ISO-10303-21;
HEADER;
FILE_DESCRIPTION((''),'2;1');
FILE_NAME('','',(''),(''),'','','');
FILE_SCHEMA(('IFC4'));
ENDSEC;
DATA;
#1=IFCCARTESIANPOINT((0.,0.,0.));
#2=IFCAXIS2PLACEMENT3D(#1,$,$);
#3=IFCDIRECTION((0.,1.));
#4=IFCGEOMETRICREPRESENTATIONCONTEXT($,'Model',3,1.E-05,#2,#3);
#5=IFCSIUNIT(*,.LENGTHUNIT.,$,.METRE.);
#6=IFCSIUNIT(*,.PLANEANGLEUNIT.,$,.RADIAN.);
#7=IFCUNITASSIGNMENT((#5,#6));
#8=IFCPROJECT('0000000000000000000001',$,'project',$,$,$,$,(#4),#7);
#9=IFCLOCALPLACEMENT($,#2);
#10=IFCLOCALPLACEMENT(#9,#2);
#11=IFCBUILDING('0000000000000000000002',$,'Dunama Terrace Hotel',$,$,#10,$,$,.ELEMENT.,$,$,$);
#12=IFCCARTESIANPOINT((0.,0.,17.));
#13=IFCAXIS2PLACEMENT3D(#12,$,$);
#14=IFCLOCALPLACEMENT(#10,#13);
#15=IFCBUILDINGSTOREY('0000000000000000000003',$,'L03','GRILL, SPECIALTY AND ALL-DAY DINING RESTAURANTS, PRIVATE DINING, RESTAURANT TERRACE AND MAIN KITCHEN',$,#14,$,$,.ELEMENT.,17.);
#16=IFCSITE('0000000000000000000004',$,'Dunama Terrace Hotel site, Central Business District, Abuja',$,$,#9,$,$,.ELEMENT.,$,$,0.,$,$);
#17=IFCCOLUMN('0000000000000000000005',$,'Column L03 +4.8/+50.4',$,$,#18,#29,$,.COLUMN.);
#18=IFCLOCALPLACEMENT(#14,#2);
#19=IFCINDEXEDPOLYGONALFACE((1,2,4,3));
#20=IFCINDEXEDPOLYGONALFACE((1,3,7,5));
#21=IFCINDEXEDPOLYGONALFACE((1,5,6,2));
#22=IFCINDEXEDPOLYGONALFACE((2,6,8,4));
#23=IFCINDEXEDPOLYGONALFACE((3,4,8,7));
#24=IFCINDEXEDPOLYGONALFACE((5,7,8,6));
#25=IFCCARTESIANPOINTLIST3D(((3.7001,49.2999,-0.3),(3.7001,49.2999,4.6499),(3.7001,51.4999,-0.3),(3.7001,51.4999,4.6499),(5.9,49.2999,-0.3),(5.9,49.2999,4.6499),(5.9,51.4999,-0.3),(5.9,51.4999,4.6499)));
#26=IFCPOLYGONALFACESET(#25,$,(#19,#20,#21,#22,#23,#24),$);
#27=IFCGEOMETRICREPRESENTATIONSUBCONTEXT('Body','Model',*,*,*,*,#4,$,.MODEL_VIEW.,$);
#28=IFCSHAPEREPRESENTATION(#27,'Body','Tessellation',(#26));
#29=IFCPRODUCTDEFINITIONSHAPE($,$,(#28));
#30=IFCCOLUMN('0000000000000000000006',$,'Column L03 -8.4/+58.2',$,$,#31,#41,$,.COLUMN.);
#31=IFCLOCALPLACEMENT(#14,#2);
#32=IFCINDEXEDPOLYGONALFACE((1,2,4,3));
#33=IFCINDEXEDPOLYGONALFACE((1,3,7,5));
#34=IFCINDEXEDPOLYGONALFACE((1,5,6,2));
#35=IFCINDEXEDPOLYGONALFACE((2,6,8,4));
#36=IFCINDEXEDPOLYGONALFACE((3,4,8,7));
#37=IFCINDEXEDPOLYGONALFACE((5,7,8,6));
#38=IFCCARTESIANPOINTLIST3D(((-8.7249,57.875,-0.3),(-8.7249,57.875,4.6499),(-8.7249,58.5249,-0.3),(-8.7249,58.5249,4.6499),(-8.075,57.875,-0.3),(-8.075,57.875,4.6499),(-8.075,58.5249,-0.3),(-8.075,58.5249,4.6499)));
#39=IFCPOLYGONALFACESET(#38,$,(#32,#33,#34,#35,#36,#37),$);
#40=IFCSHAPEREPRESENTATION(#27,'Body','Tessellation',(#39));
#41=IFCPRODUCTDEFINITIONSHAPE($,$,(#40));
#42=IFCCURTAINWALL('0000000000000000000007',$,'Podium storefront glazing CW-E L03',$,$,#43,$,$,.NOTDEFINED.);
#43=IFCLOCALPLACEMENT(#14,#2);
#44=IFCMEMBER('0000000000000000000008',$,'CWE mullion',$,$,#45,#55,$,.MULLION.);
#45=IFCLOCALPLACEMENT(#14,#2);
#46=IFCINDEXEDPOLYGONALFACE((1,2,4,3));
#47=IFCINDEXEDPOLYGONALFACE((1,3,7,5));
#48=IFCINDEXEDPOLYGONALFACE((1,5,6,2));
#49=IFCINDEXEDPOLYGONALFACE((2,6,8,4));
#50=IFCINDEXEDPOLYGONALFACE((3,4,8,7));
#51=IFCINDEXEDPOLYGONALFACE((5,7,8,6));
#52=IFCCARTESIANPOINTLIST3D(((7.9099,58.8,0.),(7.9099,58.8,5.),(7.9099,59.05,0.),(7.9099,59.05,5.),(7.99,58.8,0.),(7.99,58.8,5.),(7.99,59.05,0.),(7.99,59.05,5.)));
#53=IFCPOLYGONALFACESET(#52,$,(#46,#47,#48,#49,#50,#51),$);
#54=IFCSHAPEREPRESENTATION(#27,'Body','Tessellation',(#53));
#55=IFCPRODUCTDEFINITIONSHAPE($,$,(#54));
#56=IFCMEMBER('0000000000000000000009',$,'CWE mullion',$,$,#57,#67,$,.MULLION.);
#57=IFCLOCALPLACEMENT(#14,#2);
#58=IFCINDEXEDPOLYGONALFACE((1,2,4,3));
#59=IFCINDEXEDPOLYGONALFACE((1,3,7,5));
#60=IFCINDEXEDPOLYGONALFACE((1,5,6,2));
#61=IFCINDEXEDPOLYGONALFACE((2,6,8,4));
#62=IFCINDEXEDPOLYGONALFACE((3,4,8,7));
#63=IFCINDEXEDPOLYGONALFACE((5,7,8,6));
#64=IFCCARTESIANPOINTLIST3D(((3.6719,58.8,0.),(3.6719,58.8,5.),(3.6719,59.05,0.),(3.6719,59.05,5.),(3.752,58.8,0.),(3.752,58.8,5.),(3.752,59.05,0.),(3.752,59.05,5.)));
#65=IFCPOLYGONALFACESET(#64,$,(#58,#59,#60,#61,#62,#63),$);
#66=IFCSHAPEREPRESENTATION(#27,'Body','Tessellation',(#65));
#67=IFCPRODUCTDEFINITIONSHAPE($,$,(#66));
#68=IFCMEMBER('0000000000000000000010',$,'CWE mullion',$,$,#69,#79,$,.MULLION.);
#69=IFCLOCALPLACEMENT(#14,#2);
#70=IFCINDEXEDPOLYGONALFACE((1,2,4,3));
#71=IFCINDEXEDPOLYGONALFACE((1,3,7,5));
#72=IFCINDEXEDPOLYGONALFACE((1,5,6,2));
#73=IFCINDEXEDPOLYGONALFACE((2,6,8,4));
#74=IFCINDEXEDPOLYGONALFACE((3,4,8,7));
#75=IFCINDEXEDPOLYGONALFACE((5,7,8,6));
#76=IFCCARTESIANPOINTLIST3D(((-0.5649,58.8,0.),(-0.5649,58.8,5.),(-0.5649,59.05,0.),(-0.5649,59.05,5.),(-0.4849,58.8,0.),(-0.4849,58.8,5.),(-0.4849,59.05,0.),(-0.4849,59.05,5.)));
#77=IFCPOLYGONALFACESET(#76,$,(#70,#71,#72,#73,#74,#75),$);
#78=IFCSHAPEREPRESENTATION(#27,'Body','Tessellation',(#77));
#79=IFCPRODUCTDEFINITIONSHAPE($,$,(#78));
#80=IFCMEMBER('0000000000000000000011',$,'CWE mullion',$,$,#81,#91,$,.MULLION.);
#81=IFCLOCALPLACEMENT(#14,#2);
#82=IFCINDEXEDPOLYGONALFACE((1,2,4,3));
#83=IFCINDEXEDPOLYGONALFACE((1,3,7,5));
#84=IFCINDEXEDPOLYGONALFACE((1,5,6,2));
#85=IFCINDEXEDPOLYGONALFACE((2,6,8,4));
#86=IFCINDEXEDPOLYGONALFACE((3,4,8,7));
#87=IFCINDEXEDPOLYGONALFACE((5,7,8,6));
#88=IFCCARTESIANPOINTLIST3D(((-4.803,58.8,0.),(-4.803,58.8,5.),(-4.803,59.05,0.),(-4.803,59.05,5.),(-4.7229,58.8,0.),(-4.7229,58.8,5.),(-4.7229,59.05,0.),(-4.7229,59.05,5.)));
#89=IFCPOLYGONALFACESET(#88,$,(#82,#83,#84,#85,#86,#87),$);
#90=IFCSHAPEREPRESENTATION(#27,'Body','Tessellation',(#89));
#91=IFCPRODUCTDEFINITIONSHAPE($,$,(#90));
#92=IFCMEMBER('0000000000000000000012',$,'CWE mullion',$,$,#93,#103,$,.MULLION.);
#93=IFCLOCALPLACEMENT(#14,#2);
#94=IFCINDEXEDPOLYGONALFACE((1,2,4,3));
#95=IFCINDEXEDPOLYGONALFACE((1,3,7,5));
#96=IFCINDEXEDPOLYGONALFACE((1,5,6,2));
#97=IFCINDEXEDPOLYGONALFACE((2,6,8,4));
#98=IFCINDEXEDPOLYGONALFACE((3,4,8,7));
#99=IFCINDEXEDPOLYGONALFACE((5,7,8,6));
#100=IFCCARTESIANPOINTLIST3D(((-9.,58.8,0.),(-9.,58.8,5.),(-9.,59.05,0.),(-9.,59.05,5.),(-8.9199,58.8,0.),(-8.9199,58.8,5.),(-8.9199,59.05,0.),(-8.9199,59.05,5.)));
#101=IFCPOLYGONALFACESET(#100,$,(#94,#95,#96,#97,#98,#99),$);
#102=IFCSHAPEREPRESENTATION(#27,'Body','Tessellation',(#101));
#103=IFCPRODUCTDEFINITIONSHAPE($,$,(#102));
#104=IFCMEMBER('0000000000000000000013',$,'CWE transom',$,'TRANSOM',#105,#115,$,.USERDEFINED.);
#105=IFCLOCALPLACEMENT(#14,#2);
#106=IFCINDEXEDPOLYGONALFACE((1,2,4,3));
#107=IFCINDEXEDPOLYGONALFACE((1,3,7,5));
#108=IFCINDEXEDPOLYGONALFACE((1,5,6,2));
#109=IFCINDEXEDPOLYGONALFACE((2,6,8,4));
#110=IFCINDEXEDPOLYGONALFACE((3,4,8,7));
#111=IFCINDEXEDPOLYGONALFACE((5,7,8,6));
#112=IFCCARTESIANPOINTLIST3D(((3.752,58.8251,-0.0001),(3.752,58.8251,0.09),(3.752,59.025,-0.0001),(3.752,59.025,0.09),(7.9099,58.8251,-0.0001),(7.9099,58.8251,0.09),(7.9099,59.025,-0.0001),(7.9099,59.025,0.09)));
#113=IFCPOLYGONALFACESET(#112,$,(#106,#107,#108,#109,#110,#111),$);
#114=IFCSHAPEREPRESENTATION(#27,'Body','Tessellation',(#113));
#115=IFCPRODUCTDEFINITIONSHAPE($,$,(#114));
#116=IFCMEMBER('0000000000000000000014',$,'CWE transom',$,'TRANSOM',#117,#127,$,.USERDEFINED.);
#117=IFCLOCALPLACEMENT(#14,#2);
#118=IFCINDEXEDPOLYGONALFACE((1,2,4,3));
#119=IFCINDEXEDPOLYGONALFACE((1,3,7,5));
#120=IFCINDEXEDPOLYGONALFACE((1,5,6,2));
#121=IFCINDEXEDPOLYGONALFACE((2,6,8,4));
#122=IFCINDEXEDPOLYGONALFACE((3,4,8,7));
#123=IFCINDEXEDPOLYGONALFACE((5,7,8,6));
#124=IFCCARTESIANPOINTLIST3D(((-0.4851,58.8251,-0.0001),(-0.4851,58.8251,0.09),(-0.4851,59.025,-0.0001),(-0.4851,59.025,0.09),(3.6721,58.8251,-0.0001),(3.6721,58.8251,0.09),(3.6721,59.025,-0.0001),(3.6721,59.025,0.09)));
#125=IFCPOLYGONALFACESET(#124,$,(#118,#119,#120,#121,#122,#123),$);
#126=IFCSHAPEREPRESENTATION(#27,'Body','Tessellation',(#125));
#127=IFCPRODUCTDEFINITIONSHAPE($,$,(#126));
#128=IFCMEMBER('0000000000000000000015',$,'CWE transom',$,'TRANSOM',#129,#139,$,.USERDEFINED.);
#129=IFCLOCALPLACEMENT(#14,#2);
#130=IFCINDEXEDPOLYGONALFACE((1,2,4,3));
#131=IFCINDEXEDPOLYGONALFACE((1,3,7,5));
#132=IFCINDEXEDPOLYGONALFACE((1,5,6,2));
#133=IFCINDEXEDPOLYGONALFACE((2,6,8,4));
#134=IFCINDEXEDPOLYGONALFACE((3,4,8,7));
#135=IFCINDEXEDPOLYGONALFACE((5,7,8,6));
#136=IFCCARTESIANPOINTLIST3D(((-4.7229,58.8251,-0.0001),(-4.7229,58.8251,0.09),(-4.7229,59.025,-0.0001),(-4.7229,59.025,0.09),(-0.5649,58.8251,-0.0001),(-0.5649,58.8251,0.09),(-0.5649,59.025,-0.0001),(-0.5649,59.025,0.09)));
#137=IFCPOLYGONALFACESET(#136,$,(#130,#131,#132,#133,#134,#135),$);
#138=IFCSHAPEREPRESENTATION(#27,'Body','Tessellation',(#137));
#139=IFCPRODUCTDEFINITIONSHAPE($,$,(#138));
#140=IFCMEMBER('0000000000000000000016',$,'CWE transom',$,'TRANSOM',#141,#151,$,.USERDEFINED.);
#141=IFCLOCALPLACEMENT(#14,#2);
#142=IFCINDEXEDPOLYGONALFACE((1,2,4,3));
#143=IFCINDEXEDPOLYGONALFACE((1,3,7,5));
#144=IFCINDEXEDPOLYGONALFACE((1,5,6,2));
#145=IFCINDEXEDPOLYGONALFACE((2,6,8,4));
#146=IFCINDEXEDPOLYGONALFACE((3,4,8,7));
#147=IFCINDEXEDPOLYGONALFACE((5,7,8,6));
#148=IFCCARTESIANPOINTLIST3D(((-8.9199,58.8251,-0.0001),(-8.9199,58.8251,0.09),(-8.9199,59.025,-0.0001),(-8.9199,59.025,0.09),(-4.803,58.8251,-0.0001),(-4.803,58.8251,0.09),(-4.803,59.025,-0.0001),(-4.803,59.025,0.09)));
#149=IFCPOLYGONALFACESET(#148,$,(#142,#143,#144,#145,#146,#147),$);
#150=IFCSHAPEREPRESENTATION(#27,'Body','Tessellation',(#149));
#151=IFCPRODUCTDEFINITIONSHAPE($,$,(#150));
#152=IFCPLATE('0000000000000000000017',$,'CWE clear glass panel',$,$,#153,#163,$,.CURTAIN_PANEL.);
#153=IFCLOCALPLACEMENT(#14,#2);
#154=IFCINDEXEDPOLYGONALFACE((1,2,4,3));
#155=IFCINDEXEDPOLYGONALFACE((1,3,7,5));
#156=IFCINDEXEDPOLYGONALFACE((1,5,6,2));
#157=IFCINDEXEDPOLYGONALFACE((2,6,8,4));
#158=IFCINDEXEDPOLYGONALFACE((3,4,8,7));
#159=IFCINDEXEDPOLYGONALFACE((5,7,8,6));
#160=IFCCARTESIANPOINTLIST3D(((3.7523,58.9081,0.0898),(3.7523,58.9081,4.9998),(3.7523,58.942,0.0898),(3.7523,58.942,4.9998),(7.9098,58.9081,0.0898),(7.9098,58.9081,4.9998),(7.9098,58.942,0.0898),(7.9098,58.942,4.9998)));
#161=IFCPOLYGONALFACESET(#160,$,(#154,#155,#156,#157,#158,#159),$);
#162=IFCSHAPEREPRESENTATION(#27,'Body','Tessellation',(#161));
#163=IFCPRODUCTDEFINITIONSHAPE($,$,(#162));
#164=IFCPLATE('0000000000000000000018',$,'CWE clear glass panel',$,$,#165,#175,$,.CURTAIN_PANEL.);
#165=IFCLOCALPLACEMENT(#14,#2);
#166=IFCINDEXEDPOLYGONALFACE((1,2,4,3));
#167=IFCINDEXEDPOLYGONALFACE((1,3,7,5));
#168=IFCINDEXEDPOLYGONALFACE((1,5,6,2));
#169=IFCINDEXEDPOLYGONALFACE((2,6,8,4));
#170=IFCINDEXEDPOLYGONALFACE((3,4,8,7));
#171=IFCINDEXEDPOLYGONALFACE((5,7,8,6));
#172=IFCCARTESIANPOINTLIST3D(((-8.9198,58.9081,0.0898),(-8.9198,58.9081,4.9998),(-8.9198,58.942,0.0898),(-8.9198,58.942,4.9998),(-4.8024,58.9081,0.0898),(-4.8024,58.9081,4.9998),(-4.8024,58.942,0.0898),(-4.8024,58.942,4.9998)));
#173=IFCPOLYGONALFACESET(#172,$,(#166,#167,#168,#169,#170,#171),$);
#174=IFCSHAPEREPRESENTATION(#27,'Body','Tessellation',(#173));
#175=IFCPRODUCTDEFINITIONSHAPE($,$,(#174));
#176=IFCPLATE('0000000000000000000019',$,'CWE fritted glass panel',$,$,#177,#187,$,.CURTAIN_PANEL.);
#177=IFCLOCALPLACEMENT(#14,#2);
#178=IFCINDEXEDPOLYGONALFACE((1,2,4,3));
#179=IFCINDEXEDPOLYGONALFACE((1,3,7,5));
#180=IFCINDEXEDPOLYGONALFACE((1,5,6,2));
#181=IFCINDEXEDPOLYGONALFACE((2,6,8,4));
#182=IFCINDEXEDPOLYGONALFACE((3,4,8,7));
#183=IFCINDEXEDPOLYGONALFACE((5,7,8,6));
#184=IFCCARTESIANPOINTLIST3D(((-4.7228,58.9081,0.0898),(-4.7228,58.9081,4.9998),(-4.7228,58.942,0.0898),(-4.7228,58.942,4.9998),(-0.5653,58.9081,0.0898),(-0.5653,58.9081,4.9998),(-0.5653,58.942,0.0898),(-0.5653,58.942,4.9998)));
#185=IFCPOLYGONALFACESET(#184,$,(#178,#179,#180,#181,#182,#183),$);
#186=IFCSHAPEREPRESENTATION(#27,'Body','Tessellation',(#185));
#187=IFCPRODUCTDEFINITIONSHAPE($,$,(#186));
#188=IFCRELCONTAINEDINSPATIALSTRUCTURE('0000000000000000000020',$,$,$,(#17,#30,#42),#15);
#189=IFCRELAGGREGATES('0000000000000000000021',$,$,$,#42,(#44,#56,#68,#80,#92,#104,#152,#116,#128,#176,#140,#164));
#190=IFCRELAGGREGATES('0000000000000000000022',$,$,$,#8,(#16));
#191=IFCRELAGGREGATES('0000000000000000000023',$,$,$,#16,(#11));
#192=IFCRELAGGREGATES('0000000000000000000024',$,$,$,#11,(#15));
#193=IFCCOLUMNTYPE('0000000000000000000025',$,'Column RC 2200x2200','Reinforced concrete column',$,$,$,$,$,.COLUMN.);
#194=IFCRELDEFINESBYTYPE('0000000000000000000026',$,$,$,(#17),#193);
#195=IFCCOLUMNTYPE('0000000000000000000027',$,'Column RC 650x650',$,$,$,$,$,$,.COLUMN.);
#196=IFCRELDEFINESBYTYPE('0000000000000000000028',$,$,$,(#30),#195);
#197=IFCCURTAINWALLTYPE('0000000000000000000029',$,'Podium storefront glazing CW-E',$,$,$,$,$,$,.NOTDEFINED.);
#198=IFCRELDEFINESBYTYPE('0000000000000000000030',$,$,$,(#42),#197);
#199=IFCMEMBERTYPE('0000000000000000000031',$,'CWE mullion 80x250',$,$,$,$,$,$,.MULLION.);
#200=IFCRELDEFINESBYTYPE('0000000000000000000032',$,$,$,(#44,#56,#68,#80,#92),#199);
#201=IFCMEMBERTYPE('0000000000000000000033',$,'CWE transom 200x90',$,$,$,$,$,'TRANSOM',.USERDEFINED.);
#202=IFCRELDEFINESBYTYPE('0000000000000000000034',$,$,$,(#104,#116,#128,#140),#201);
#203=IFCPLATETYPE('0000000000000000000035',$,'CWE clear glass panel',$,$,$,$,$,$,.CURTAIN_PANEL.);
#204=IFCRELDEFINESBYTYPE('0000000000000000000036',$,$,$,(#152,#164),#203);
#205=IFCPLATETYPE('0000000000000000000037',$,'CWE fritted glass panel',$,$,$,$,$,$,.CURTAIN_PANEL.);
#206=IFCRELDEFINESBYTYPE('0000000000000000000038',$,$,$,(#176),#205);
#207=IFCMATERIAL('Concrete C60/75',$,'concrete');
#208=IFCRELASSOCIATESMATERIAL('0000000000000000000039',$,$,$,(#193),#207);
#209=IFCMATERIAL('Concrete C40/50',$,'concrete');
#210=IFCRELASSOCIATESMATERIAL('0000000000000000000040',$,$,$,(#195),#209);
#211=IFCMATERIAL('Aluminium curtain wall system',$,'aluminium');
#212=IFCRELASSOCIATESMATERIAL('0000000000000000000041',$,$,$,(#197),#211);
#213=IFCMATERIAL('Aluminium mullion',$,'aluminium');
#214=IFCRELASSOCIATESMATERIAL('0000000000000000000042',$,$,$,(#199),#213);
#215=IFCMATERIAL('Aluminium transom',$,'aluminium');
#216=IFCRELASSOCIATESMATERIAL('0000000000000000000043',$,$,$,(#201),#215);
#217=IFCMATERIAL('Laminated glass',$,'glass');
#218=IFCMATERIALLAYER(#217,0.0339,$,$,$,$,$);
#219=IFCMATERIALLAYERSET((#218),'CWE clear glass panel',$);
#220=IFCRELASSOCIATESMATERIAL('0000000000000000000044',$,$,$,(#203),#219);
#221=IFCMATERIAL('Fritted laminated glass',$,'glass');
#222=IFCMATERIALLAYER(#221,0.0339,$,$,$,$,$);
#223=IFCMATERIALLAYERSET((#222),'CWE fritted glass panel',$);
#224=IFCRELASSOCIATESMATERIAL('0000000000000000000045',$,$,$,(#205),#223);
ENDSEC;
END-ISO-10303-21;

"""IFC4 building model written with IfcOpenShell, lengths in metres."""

from ifc_helpers import new_model, si_unit, direction, frame, origin, origin_2d, place, context, subcontext, project, spatial, rectangle, extrude, material, layer, layer_set, material_profile, profile_set, type_object, element, aggregate, save


model = new_model("IFC4")

# Units and contexts
model_context = context("Model", 3, precision=1e-05, world=origin(), true_north=direction((0.0, 1.0)))
body_context = subcontext(model_context, "Body", "Model", "MODEL_VIEW")
ifc_project = project(units=[si_unit("LENGTHUNIT", "METRE"), si_unit("PLANEANGLEUNIT", "RADIAN")], contexts=[model_context])

# Site, building, storey
site_placement = place(None, origin())
site = spatial("IfcSite", under=ifc_project, at=site_placement, Name="Dunama Terrace Hotel site, Central Business District, Abuja", CompositionType="ELEMENT", RefElevation=0.0)
building_placement = place(site_placement, origin())
building = spatial("IfcBuilding", under=site, at=building_placement, Name="Dunama Terrace Hotel", CompositionType="ELEMENT")
storey_placement = place(building_placement, frame((0.0, 0.0, 17.0)))
storey = spatial("IfcBuildingStorey", under=building, at=storey_placement, Name="L03", Description="GRILL, SPECIALTY AND ALL-DAY DINING RESTAURANTS, PRIVATE DINING, RESTAURANT TERRACE AND MAIN KITCHEN", CompositionType="ELEMENT", Elevation=17.0)

# Columns
ifc_material_1 = material(Name="Concrete C60/75", Category="concrete")
ifc_material_profile_1 = material_profile(ifc_material_1, rectangle(XDim=2.2, YDim=2.2, at=origin_2d()), Name="RC 2200x2200")
ifc_profile_set_1 = profile_set([ifc_material_profile_1], Name="Concrete C60/75")
column_type_1 = type_object("IfcColumnType", Name="Column RC 2200x2200", Description="Reinforced concrete column", PredefinedType="COLUMN", material=ifc_profile_set_1)
column_1_placement = place(storey_placement, frame((4.8, 50.3999, -0.3), z_axis=(0.0, 0.0, 1.0), x_axis=(1.0, 0.0, 0.0)))
element("IfcColumn", 1, at=column_1_placement, inside=storey, type_object=column_type_1, Name="Column L03 +4.8/+50.4", PredefinedType="COLUMN", context=body_context, shape_type="SweptSolid", body=[
    extrude(rectangle(XDim=2.2, YDim=2.2, at=origin_2d()), origin(), (0.0, 0.0, 1.0), 4.95),
])
ifc_material_2 = material(Name="Concrete C40/50", Category="concrete")
ifc_material_profile_2 = material_profile(ifc_material_2, rectangle(XDim=0.6499, YDim=0.6499, at=origin_2d()), Name="RC 650x650")
ifc_profile_set_2 = profile_set([ifc_material_profile_2], Name="Concrete C40/50")
column_type_2 = type_object("IfcColumnType", Name="Column RC 650x650", PredefinedType="COLUMN", material=ifc_profile_set_2)
column_2_placement = place(storey_placement, frame((-8.3999, 58.2, -0.3), z_axis=(0.0, 0.0, 1.0), x_axis=(1.0, 0.0, 0.0)))
element("IfcColumn", 2, at=column_2_placement, inside=storey, type_object=column_type_2, Name="Column L03 -8.4/+58.2", PredefinedType="COLUMN", context=body_context, shape_type="SweptSolid", body=[
    extrude(rectangle(XDim=0.6499, YDim=0.6499, at=origin_2d()), origin(), (0.0, 0.0, 1.0), 4.95),
])

# Curtain wall, members, plates
ifc_material_3 = material(Name="Aluminium curtain wall system", Category="aluminium")
curtain_wall_type = type_object("IfcCurtainWallType", Name="Podium storefront glazing CW-E", PredefinedType="NOTDEFINED", material=ifc_material_3)
curtain_wall_placement = place(storey_placement, origin())
curtain_wall = element("IfcCurtainWall", 3, at=curtain_wall_placement, inside=storey, type_object=curtain_wall_type, Name="Podium storefront glazing CW-E L03", PredefinedType="NOTDEFINED")
ifc_material_4 = material(Name="Aluminium mullion", Category="aluminium")
ifc_material_profile_3 = material_profile(ifc_material_4, rectangle(XDim=0.0801, YDim=0.25, at=origin_2d()), Name="CWE MULLION 80X250")
ifc_profile_set_3 = profile_set([ifc_material_profile_3], Name="Aluminium mullion")
member_type_1 = type_object("IfcMemberType", Name="CWE mullion 80x250", PredefinedType="MULLION", material=ifc_profile_set_3)
member_1_placement = place(storey_placement, frame((7.95, 58.925, 0.0), z_axis=(0.0, 0.0, 1.0), x_axis=(-1.0, 0.0, 0.0)))
member_1 = element("IfcMember", 4, at=member_1_placement, type_object=member_type_1, Name="CWE mullion", PredefinedType="MULLION", context=body_context, shape_type="SweptSolid", body=[
    extrude(rectangle(XDim=0.0801, YDim=0.25, at=origin_2d()), origin(), (0.0, 0.0, 1.0), 5.0),
])
member_2_placement = place(storey_placement, frame((3.7119, 58.925, 0.0), z_axis=(0.0, 0.0, 1.0), x_axis=(-1.0, 0.0, 0.0)))
member_2 = element("IfcMember", 5, at=member_2_placement, type_object=member_type_1, Name="CWE mullion", PredefinedType="MULLION", context=body_context, shape_type="SweptSolid", body=[
    extrude(rectangle(XDim=0.0801, YDim=0.25, at=origin_2d()), origin(), (0.0, 0.0, 1.0), 5.0),
])
member_3_placement = place(storey_placement, frame((-0.5249, 58.925, 0.0), z_axis=(0.0, 0.0, 1.0), x_axis=(-1.0, 0.0, 0.0)))
member_3 = element("IfcMember", 6, at=member_3_placement, type_object=member_type_1, Name="CWE mullion", PredefinedType="MULLION", context=body_context, shape_type="SweptSolid", body=[
    extrude(rectangle(XDim=0.0801, YDim=0.25, at=origin_2d()), origin(), (0.0, 0.0, 1.0), 5.0),
])
member_4_placement = place(storey_placement, frame((-4.7629, 58.925, 0.0), z_axis=(0.0, 0.0, 1.0), x_axis=(-1.0, 0.0, 0.0)))
member_4 = element("IfcMember", 7, at=member_4_placement, type_object=member_type_1, Name="CWE mullion", PredefinedType="MULLION", context=body_context, shape_type="SweptSolid", body=[
    extrude(rectangle(XDim=0.0801, YDim=0.25, at=origin_2d()), origin(), (0.0, 0.0, 1.0), 5.0),
])
member_5_placement = place(storey_placement, frame((-8.96, 58.925, 0.0), z_axis=(0.0, 0.0, 1.0), x_axis=(-1.0, 0.0, 0.0)))
member_5 = element("IfcMember", 8, at=member_5_placement, type_object=member_type_1, Name="CWE mullion", PredefinedType="MULLION", context=body_context, shape_type="SweptSolid", body=[
    extrude(rectangle(XDim=0.0801, YDim=0.25, at=origin_2d()), origin(), (0.0, 0.0, 1.0), 5.0),
])
ifc_material_5 = material(Name="Aluminium transom", Category="aluminium")
ifc_material_profile_4 = material_profile(ifc_material_5, rectangle(XDim=0.2, YDim=0.0901, at=origin_2d()), Name="CWE TRANSOM 200X90")
ifc_profile_set_4 = profile_set([ifc_material_profile_4], Name="Aluminium transom")
member_type_2 = type_object("IfcMemberType", Name="CWE transom 200x90", ElementType="TRANSOM", PredefinedType="USERDEFINED", material=ifc_profile_set_4)
member_6_placement = place(storey_placement, frame((7.9099, 58.925, 0.0449), z_axis=(-1.0, 0.0, 0.0), x_axis=(0.0, -1.0, 0.0)))
member_6 = element("IfcMember", 9, at=member_6_placement, type_object=member_type_2, Name="CWE transom", ObjectType="TRANSOM", PredefinedType="USERDEFINED", context=body_context, shape_type="SweptSolid", body=[
    extrude(rectangle(XDim=0.2, YDim=0.0901, at=origin_2d()), origin(), (0.0, 0.0, 1.0), 4.158),
])
member_7_placement = place(storey_placement, frame((3.6721, 58.925, 0.0449), z_axis=(-1.0, 0.0, 0.0), x_axis=(0.0, -1.0, 0.0)))
member_7 = element("IfcMember", 10, at=member_7_placement, type_object=member_type_2, Name="CWE transom", ObjectType="TRANSOM", PredefinedType="USERDEFINED", context=body_context, shape_type="SweptSolid", body=[
    extrude(rectangle(XDim=0.2, YDim=0.0901, at=origin_2d()), origin(), (0.0, 0.0, 1.0), 4.1572),
])
member_8_placement = place(storey_placement, frame((-0.5649, 58.925, 0.0449), z_axis=(-1.0, 0.0, 0.0), x_axis=(0.0, -1.0, 0.0)))
member_8 = element("IfcMember", 11, at=member_8_placement, type_object=member_type_2, Name="CWE transom", ObjectType="TRANSOM", PredefinedType="USERDEFINED", context=body_context, shape_type="SweptSolid", body=[
    extrude(rectangle(XDim=0.2, YDim=0.0901, at=origin_2d()), origin(), (0.0, 0.0, 1.0), 4.158),
])
member_9_placement = place(storey_placement, frame((-4.803, 58.925, 0.0449), z_axis=(-1.0, 0.0, 0.0), x_axis=(0.0, -1.0, 0.0)))
member_9 = element("IfcMember", 12, at=member_9_placement, type_object=member_type_2, Name="CWE transom", ObjectType="TRANSOM", PredefinedType="USERDEFINED", context=body_context, shape_type="SweptSolid", body=[
    extrude(rectangle(XDim=0.2, YDim=0.0901, at=origin_2d()), origin(), (0.0, 0.0, 1.0), 4.1169),
])
ifc_material_6 = material(Name="Laminated glass", Category="glass")
ifc_layer_1 = layer(ifc_material_6, 0.0339)
ifc_layer_set_1 = layer_set([ifc_layer_1], Name="CWE clear glass panel")
plate_type_1 = type_object("IfcPlateType", Name="CWE clear glass panel", PredefinedType="CURTAIN_PANEL", material=ifc_layer_set_1)
plate_1_placement = place(storey_placement, frame((5.8311, 58.925, 0.0898), z_axis=(0.0, 0.0, 1.0), x_axis=(-1.0, 0.0, 0.0)))
plate_1 = element("IfcPlate", 13, at=plate_1_placement, type_object=plate_type_1, Name="CWE clear glass panel", PredefinedType="CURTAIN_PANEL", context=body_context, shape_type="SweptSolid", body=[
    extrude(rectangle(XDim=4.1575, YDim=0.0339, at=origin_2d()), origin(), (0.0, 0.0, 1.0), 4.9099),
])
plate_2_placement = place(storey_placement, frame((-6.8611, 58.925, 0.0898), z_axis=(0.0, 0.0, 1.0), x_axis=(-1.0, 0.0, 0.0)))
plate_2 = element("IfcPlate", 14, at=plate_2_placement, type_object=plate_type_1, Name="CWE clear glass panel", PredefinedType="CURTAIN_PANEL", context=body_context, shape_type="SweptSolid", body=[
    extrude(rectangle(XDim=4.1174, YDim=0.0339, at=origin_2d()), origin(), (0.0, 0.0, 1.0), 4.9099),
])
ifc_material_7 = material(Name="Fritted laminated glass", Category="glass")
ifc_layer_2 = layer(ifc_material_7, 0.0339)
ifc_layer_set_2 = layer_set([ifc_layer_2], Name="CWE fritted glass panel")
plate_type_2 = type_object("IfcPlateType", Name="CWE fritted glass panel", PredefinedType="CURTAIN_PANEL", material=ifc_layer_set_2)
plate_3_placement = place(storey_placement, frame((-2.644, 58.925, 0.0898), z_axis=(0.0, 0.0, 1.0), x_axis=(-1.0, 0.0, 0.0)))
plate_3 = element("IfcPlate", 15, at=plate_3_placement, type_object=plate_type_2, Name="CWE fritted glass panel", PredefinedType="CURTAIN_PANEL", context=body_context, shape_type="SweptSolid", body=[
    extrude(rectangle(XDim=4.1575, YDim=0.0339, at=origin_2d()), origin(), (0.0, 0.0, 1.0), 4.9099),
])
aggregate(curtain_wall, [member_1, member_2, member_3, member_4, member_5, member_6, plate_1, member_7, member_8, plate_3, member_9, plate_2])

save(model, "model.ifc")
